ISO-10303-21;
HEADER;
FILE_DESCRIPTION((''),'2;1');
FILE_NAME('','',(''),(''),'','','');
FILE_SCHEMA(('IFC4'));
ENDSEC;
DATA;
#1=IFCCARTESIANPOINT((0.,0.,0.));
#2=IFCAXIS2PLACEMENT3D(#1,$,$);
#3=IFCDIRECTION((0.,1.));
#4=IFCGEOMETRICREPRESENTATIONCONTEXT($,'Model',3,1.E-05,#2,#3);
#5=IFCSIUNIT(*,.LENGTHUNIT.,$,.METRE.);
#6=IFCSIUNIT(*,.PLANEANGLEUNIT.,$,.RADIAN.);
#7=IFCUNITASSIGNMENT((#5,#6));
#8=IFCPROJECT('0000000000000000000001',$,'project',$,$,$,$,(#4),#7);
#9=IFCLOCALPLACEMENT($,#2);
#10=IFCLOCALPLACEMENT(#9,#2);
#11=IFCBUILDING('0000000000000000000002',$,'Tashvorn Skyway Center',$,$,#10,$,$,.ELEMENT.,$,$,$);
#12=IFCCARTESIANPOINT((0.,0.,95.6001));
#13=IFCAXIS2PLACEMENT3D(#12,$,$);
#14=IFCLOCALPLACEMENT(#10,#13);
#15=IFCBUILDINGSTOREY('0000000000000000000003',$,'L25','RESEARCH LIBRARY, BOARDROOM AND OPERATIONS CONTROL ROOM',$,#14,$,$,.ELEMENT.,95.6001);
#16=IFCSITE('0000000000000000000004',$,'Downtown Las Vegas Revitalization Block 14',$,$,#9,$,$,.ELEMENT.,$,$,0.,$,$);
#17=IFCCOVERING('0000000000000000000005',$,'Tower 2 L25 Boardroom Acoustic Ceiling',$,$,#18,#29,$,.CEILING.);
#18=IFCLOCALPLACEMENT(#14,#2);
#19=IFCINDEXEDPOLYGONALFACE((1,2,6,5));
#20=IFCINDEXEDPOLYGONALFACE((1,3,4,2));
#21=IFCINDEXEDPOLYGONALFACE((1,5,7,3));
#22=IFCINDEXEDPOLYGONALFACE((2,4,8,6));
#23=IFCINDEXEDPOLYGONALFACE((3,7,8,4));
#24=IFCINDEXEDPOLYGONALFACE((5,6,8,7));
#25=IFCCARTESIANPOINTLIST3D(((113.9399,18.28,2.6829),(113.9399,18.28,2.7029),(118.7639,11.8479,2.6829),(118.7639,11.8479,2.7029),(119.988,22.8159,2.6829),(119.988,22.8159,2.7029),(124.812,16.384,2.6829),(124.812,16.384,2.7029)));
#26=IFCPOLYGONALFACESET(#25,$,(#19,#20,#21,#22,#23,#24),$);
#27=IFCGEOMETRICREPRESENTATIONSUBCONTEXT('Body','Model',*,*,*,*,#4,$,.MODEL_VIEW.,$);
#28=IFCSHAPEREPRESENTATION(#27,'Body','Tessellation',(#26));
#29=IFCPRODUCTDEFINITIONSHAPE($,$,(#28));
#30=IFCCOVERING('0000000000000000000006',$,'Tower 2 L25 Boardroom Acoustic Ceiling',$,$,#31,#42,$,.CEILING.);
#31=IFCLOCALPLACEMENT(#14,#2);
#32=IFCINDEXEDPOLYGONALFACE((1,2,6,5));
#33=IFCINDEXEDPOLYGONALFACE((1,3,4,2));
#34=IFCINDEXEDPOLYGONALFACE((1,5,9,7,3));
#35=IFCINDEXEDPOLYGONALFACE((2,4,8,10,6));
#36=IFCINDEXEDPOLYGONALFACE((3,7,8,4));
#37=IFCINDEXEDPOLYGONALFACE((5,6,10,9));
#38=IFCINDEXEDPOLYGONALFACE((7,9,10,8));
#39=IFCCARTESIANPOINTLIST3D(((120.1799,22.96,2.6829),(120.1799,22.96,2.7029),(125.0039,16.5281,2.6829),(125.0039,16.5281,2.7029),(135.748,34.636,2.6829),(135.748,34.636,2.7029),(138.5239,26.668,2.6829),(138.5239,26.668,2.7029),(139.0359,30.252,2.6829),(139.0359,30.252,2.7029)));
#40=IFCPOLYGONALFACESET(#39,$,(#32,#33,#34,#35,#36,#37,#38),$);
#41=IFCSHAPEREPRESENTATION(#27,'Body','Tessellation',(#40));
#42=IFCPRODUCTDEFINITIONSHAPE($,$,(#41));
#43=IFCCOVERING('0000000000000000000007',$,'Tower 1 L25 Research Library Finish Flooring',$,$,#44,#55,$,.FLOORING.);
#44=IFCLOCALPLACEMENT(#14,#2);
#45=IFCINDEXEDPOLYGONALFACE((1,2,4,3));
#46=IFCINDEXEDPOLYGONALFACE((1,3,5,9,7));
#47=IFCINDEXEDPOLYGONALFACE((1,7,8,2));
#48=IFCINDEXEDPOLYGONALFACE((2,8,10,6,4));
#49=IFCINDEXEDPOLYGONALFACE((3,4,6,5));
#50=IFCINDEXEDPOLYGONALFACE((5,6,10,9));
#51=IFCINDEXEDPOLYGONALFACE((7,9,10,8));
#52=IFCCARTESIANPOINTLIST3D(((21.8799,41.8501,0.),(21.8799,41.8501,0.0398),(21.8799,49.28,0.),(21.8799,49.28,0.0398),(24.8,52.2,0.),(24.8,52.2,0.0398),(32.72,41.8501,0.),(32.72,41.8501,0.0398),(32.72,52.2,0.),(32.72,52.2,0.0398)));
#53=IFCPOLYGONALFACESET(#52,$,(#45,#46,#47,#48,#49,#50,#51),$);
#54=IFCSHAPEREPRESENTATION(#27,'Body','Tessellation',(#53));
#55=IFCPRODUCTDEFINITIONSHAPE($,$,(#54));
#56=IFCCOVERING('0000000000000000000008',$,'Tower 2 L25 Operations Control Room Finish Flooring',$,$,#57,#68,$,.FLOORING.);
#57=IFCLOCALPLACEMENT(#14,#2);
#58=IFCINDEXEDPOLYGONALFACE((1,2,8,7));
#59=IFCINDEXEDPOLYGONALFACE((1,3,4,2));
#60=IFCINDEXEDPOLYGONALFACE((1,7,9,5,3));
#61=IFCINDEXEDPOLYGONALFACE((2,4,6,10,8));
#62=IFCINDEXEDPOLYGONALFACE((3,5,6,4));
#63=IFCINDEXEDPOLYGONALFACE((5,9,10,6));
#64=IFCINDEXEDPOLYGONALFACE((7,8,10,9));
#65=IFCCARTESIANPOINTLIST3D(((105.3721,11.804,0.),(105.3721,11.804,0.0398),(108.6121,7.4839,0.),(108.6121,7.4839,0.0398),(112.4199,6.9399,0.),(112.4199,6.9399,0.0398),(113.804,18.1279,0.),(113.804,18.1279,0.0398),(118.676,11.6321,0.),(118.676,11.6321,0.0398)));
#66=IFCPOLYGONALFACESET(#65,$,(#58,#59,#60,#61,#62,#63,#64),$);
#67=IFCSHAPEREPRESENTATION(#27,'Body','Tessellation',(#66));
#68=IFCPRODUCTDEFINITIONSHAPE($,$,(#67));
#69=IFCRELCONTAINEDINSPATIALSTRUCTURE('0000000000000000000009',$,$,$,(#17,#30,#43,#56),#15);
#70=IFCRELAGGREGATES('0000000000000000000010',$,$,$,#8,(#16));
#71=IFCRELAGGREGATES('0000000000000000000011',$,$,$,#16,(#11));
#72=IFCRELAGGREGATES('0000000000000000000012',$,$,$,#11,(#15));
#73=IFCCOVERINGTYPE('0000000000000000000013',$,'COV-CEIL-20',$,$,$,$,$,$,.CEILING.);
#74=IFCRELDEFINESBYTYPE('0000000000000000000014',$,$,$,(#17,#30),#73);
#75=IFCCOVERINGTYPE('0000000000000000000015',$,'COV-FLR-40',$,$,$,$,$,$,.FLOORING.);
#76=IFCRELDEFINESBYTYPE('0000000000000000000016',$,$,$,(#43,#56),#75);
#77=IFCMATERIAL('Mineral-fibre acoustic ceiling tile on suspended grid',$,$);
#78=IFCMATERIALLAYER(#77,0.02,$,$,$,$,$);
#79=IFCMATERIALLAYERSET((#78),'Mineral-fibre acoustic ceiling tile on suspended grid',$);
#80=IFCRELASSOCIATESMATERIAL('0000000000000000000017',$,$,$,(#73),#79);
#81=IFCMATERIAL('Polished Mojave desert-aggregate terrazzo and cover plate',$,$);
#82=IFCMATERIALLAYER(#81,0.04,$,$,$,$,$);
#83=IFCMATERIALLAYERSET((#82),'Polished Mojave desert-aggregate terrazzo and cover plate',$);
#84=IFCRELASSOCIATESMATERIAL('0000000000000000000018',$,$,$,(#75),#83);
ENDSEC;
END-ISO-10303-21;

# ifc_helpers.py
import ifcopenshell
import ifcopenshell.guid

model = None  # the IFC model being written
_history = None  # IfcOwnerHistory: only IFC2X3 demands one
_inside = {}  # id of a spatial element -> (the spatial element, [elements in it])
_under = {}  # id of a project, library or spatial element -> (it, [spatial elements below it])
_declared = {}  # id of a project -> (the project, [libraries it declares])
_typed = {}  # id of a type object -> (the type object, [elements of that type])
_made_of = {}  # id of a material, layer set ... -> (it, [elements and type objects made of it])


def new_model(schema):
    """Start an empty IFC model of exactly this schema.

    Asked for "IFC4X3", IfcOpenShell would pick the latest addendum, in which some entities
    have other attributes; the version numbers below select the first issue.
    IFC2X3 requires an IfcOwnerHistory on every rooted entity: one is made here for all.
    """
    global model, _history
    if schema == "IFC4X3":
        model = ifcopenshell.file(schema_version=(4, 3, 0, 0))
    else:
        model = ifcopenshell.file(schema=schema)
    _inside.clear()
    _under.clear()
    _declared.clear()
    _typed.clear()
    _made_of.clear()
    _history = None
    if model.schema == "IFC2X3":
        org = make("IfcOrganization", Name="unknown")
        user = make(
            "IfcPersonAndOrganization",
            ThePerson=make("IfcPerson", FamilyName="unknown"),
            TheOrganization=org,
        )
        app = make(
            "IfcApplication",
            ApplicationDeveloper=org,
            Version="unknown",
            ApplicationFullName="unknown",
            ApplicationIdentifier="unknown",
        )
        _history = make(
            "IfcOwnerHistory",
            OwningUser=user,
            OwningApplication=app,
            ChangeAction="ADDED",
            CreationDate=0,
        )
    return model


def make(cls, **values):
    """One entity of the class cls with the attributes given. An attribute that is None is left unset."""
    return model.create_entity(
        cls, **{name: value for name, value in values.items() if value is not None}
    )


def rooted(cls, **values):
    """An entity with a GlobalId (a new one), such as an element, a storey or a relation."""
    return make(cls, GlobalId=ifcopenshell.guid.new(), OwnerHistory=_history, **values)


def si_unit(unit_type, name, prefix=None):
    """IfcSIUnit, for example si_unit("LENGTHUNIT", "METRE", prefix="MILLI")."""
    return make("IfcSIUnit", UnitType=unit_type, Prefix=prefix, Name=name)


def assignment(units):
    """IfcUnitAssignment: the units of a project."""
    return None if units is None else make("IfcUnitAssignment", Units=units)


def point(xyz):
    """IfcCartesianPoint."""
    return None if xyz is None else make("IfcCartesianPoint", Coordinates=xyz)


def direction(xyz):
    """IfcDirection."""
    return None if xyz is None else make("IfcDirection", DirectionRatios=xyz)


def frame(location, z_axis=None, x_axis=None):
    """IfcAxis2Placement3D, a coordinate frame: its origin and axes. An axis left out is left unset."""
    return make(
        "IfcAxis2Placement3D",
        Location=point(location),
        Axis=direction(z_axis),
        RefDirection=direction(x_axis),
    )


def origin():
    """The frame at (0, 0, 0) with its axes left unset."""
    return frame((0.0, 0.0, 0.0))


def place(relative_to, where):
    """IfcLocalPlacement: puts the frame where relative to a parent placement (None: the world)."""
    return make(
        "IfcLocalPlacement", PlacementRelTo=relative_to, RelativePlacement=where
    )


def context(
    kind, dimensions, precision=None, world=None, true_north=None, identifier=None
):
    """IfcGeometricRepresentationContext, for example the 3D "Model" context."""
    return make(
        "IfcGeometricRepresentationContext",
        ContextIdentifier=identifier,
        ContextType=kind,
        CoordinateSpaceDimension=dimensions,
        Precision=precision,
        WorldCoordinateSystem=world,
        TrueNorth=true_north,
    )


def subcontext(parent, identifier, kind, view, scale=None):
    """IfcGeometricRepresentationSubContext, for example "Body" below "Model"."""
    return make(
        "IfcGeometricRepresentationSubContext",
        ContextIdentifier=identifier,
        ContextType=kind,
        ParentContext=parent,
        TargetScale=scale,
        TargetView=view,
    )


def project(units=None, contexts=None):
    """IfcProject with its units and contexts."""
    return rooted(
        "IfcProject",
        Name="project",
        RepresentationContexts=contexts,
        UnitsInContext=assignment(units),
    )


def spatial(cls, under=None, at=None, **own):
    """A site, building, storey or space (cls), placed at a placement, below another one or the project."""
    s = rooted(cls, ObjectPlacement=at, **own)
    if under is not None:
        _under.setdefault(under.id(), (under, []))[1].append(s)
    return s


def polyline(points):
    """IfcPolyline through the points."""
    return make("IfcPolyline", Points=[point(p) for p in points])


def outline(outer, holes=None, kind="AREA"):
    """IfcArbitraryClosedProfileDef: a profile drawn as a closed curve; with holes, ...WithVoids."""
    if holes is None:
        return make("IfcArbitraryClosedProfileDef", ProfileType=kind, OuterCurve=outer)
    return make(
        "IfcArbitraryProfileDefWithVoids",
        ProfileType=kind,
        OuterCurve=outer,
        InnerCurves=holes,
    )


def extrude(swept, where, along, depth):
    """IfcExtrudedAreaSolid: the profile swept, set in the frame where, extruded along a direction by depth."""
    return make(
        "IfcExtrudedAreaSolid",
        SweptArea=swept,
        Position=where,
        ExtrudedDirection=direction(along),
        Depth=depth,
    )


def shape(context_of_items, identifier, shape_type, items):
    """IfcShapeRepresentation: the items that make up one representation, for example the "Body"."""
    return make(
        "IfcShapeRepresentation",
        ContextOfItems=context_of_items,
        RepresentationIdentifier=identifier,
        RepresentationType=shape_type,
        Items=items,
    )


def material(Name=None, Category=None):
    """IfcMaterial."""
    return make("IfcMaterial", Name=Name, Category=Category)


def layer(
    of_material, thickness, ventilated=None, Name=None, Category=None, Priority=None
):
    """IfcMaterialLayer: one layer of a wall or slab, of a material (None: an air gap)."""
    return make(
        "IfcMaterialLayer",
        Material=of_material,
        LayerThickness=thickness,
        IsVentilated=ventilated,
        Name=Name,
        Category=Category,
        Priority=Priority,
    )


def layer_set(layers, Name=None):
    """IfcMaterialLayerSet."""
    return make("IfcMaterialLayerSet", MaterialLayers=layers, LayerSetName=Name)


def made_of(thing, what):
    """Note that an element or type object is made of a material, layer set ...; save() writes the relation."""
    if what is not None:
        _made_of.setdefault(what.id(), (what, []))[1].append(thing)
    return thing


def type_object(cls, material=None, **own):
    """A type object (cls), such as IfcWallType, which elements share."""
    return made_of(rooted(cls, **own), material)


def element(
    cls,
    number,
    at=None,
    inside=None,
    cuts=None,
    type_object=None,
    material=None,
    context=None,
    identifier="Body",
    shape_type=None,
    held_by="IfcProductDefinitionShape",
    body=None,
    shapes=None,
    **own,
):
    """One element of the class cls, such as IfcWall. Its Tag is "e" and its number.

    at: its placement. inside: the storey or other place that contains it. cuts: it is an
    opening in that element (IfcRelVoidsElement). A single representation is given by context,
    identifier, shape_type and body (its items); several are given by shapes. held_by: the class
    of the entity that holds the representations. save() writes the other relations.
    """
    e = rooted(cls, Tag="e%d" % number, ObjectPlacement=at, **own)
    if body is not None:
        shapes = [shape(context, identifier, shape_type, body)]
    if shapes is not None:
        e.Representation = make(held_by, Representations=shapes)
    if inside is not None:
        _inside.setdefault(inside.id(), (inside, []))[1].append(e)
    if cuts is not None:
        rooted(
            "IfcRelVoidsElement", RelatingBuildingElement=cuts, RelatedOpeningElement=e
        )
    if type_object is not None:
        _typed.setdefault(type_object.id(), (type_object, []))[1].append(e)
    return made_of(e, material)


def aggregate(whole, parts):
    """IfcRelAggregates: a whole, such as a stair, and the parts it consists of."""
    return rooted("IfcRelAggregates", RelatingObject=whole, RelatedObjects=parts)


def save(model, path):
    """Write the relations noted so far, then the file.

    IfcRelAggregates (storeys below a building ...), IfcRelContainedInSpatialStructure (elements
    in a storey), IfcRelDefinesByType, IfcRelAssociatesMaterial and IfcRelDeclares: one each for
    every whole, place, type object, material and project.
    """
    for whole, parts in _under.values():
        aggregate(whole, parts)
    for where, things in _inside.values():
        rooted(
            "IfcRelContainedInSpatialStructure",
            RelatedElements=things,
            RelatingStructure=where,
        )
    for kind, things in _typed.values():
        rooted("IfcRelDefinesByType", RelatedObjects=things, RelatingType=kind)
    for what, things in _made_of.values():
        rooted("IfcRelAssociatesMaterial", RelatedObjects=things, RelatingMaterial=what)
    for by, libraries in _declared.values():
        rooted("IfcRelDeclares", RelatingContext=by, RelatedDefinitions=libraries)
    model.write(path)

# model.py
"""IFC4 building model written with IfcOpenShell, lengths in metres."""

from ifc_helpers import new_model, si_unit, direction, frame, origin, place, context, subcontext, project, spatial, polyline, outline, extrude, material, layer, layer_set, type_object, element, save


model = new_model("IFC4")

# Units and contexts
model_context = context("Model", 3, precision=1e-05, world=origin(), true_north=direction((0.0, 1.0)))
body_context = subcontext(model_context, "Body", "Model", "MODEL_VIEW")
ifc_project = project(units=[si_unit("LENGTHUNIT", "METRE"), si_unit("PLANEANGLEUNIT", "RADIAN")], contexts=[model_context])

# Site, building, storey
site_placement = place(None, origin())
site = spatial("IfcSite", under=ifc_project, at=site_placement, Name="Downtown Las Vegas Revitalization Block 14", CompositionType="ELEMENT", RefElevation=0.0)
building_placement = place(site_placement, origin())
building = spatial("IfcBuilding", under=site, at=building_placement, Name="Tashvorn Skyway Center", CompositionType="ELEMENT")
storey_placement = place(building_placement, frame((0.0, 0.0, 95.6001)))
storey = spatial("IfcBuildingStorey", under=building, at=storey_placement, Name="L25", Description="RESEARCH LIBRARY, BOARDROOM AND OPERATIONS CONTROL ROOM", CompositionType="ELEMENT", Elevation=95.6001)

# Coverings
ifc_material_1 = material(Name="Mineral-fibre acoustic ceiling tile on suspended grid")
ifc_layer_1 = layer(ifc_material_1, 0.02)
ifc_layer_set_1 = layer_set([ifc_layer_1], Name="Mineral-fibre acoustic ceiling tile on suspended grid")
covering_type_1 = type_object("IfcCoveringType", Name="COV-CEIL-20", PredefinedType="CEILING", material=ifc_layer_set_1)
covering_1_placement = place(storey_placement, frame((0.0, 0.0, 2.6829)))
element("IfcCovering", 1, at=covering_1_placement, inside=storey, type_object=covering_type_1, Name="Tower 2 L25 Boardroom Acoustic Ceiling", PredefinedType="CEILING", context=body_context, shape_type="SweptSolid", body=[
    extrude(outline(polyline([(113.9399, 18.28), (119.988, 22.8159), (124.812, 16.384), (118.7639, 11.8479), (113.9399, 18.28)])), origin(), (0.0, 0.0, 1.0), 0.02),
])
covering_2_placement = place(storey_placement, frame((0.0, 0.0, 2.6829)))
element("IfcCovering", 2, at=covering_2_placement, inside=storey, type_object=covering_type_1, Name="Tower 2 L25 Boardroom Acoustic Ceiling", PredefinedType="CEILING", context=body_context, shape_type="SweptSolid", body=[
    extrude(outline(polyline([(125.0039, 16.5281), (120.1799, 22.96), (135.748, 34.636), (139.0359, 30.252), (138.5239, 26.668), (125.0039, 16.5281)])), origin(), (0.0, 0.0, 1.0), 0.02),
])
ifc_material_2 = material(Name="Polished Mojave desert-aggregate terrazzo and cover plate")
ifc_layer_2 = layer(ifc_material_2, 0.04)
ifc_layer_set_2 = layer_set([ifc_layer_2], Name="Polished Mojave desert-aggregate terrazzo and cover plate")
covering_type_2 = type_object("IfcCoveringType", Name="COV-FLR-40", PredefinedType="FLOORING", material=ifc_layer_set_2)
covering_3_placement = place(storey_placement, origin())
element("IfcCovering", 3, at=covering_3_placement, inside=storey, type_object=covering_type_2, Name="Tower 1 L25 Research Library Finish Flooring", PredefinedType="FLOORING", context=body_context, shape_type="SweptSolid", body=[
    extrude(outline(polyline([(32.72, 41.8501), (21.8799, 41.8501), (21.8799, 49.28), (24.8, 52.2), (32.72, 52.2), (32.72, 41.8501)])), origin(), (0.0, 0.0, 1.0), 0.0398),
])
covering_4_placement = place(storey_placement, origin())
element("IfcCovering", 4, at=covering_4_placement, inside=storey, type_object=covering_type_2, Name="Tower 2 L25 Operations Control Room Finish Flooring", PredefinedType="FLOORING", context=body_context, shape_type="SweptSolid", body=[
    extrude(outline(polyline([(112.4199, 6.9399), (108.6121, 7.4839), (105.3721, 11.804), (113.804, 18.1279), (118.676, 11.6321), (112.4199, 6.9399)])), origin(), (0.0, 0.0, 1.0), 0.0398),
])

save(model, "model.ifc")
